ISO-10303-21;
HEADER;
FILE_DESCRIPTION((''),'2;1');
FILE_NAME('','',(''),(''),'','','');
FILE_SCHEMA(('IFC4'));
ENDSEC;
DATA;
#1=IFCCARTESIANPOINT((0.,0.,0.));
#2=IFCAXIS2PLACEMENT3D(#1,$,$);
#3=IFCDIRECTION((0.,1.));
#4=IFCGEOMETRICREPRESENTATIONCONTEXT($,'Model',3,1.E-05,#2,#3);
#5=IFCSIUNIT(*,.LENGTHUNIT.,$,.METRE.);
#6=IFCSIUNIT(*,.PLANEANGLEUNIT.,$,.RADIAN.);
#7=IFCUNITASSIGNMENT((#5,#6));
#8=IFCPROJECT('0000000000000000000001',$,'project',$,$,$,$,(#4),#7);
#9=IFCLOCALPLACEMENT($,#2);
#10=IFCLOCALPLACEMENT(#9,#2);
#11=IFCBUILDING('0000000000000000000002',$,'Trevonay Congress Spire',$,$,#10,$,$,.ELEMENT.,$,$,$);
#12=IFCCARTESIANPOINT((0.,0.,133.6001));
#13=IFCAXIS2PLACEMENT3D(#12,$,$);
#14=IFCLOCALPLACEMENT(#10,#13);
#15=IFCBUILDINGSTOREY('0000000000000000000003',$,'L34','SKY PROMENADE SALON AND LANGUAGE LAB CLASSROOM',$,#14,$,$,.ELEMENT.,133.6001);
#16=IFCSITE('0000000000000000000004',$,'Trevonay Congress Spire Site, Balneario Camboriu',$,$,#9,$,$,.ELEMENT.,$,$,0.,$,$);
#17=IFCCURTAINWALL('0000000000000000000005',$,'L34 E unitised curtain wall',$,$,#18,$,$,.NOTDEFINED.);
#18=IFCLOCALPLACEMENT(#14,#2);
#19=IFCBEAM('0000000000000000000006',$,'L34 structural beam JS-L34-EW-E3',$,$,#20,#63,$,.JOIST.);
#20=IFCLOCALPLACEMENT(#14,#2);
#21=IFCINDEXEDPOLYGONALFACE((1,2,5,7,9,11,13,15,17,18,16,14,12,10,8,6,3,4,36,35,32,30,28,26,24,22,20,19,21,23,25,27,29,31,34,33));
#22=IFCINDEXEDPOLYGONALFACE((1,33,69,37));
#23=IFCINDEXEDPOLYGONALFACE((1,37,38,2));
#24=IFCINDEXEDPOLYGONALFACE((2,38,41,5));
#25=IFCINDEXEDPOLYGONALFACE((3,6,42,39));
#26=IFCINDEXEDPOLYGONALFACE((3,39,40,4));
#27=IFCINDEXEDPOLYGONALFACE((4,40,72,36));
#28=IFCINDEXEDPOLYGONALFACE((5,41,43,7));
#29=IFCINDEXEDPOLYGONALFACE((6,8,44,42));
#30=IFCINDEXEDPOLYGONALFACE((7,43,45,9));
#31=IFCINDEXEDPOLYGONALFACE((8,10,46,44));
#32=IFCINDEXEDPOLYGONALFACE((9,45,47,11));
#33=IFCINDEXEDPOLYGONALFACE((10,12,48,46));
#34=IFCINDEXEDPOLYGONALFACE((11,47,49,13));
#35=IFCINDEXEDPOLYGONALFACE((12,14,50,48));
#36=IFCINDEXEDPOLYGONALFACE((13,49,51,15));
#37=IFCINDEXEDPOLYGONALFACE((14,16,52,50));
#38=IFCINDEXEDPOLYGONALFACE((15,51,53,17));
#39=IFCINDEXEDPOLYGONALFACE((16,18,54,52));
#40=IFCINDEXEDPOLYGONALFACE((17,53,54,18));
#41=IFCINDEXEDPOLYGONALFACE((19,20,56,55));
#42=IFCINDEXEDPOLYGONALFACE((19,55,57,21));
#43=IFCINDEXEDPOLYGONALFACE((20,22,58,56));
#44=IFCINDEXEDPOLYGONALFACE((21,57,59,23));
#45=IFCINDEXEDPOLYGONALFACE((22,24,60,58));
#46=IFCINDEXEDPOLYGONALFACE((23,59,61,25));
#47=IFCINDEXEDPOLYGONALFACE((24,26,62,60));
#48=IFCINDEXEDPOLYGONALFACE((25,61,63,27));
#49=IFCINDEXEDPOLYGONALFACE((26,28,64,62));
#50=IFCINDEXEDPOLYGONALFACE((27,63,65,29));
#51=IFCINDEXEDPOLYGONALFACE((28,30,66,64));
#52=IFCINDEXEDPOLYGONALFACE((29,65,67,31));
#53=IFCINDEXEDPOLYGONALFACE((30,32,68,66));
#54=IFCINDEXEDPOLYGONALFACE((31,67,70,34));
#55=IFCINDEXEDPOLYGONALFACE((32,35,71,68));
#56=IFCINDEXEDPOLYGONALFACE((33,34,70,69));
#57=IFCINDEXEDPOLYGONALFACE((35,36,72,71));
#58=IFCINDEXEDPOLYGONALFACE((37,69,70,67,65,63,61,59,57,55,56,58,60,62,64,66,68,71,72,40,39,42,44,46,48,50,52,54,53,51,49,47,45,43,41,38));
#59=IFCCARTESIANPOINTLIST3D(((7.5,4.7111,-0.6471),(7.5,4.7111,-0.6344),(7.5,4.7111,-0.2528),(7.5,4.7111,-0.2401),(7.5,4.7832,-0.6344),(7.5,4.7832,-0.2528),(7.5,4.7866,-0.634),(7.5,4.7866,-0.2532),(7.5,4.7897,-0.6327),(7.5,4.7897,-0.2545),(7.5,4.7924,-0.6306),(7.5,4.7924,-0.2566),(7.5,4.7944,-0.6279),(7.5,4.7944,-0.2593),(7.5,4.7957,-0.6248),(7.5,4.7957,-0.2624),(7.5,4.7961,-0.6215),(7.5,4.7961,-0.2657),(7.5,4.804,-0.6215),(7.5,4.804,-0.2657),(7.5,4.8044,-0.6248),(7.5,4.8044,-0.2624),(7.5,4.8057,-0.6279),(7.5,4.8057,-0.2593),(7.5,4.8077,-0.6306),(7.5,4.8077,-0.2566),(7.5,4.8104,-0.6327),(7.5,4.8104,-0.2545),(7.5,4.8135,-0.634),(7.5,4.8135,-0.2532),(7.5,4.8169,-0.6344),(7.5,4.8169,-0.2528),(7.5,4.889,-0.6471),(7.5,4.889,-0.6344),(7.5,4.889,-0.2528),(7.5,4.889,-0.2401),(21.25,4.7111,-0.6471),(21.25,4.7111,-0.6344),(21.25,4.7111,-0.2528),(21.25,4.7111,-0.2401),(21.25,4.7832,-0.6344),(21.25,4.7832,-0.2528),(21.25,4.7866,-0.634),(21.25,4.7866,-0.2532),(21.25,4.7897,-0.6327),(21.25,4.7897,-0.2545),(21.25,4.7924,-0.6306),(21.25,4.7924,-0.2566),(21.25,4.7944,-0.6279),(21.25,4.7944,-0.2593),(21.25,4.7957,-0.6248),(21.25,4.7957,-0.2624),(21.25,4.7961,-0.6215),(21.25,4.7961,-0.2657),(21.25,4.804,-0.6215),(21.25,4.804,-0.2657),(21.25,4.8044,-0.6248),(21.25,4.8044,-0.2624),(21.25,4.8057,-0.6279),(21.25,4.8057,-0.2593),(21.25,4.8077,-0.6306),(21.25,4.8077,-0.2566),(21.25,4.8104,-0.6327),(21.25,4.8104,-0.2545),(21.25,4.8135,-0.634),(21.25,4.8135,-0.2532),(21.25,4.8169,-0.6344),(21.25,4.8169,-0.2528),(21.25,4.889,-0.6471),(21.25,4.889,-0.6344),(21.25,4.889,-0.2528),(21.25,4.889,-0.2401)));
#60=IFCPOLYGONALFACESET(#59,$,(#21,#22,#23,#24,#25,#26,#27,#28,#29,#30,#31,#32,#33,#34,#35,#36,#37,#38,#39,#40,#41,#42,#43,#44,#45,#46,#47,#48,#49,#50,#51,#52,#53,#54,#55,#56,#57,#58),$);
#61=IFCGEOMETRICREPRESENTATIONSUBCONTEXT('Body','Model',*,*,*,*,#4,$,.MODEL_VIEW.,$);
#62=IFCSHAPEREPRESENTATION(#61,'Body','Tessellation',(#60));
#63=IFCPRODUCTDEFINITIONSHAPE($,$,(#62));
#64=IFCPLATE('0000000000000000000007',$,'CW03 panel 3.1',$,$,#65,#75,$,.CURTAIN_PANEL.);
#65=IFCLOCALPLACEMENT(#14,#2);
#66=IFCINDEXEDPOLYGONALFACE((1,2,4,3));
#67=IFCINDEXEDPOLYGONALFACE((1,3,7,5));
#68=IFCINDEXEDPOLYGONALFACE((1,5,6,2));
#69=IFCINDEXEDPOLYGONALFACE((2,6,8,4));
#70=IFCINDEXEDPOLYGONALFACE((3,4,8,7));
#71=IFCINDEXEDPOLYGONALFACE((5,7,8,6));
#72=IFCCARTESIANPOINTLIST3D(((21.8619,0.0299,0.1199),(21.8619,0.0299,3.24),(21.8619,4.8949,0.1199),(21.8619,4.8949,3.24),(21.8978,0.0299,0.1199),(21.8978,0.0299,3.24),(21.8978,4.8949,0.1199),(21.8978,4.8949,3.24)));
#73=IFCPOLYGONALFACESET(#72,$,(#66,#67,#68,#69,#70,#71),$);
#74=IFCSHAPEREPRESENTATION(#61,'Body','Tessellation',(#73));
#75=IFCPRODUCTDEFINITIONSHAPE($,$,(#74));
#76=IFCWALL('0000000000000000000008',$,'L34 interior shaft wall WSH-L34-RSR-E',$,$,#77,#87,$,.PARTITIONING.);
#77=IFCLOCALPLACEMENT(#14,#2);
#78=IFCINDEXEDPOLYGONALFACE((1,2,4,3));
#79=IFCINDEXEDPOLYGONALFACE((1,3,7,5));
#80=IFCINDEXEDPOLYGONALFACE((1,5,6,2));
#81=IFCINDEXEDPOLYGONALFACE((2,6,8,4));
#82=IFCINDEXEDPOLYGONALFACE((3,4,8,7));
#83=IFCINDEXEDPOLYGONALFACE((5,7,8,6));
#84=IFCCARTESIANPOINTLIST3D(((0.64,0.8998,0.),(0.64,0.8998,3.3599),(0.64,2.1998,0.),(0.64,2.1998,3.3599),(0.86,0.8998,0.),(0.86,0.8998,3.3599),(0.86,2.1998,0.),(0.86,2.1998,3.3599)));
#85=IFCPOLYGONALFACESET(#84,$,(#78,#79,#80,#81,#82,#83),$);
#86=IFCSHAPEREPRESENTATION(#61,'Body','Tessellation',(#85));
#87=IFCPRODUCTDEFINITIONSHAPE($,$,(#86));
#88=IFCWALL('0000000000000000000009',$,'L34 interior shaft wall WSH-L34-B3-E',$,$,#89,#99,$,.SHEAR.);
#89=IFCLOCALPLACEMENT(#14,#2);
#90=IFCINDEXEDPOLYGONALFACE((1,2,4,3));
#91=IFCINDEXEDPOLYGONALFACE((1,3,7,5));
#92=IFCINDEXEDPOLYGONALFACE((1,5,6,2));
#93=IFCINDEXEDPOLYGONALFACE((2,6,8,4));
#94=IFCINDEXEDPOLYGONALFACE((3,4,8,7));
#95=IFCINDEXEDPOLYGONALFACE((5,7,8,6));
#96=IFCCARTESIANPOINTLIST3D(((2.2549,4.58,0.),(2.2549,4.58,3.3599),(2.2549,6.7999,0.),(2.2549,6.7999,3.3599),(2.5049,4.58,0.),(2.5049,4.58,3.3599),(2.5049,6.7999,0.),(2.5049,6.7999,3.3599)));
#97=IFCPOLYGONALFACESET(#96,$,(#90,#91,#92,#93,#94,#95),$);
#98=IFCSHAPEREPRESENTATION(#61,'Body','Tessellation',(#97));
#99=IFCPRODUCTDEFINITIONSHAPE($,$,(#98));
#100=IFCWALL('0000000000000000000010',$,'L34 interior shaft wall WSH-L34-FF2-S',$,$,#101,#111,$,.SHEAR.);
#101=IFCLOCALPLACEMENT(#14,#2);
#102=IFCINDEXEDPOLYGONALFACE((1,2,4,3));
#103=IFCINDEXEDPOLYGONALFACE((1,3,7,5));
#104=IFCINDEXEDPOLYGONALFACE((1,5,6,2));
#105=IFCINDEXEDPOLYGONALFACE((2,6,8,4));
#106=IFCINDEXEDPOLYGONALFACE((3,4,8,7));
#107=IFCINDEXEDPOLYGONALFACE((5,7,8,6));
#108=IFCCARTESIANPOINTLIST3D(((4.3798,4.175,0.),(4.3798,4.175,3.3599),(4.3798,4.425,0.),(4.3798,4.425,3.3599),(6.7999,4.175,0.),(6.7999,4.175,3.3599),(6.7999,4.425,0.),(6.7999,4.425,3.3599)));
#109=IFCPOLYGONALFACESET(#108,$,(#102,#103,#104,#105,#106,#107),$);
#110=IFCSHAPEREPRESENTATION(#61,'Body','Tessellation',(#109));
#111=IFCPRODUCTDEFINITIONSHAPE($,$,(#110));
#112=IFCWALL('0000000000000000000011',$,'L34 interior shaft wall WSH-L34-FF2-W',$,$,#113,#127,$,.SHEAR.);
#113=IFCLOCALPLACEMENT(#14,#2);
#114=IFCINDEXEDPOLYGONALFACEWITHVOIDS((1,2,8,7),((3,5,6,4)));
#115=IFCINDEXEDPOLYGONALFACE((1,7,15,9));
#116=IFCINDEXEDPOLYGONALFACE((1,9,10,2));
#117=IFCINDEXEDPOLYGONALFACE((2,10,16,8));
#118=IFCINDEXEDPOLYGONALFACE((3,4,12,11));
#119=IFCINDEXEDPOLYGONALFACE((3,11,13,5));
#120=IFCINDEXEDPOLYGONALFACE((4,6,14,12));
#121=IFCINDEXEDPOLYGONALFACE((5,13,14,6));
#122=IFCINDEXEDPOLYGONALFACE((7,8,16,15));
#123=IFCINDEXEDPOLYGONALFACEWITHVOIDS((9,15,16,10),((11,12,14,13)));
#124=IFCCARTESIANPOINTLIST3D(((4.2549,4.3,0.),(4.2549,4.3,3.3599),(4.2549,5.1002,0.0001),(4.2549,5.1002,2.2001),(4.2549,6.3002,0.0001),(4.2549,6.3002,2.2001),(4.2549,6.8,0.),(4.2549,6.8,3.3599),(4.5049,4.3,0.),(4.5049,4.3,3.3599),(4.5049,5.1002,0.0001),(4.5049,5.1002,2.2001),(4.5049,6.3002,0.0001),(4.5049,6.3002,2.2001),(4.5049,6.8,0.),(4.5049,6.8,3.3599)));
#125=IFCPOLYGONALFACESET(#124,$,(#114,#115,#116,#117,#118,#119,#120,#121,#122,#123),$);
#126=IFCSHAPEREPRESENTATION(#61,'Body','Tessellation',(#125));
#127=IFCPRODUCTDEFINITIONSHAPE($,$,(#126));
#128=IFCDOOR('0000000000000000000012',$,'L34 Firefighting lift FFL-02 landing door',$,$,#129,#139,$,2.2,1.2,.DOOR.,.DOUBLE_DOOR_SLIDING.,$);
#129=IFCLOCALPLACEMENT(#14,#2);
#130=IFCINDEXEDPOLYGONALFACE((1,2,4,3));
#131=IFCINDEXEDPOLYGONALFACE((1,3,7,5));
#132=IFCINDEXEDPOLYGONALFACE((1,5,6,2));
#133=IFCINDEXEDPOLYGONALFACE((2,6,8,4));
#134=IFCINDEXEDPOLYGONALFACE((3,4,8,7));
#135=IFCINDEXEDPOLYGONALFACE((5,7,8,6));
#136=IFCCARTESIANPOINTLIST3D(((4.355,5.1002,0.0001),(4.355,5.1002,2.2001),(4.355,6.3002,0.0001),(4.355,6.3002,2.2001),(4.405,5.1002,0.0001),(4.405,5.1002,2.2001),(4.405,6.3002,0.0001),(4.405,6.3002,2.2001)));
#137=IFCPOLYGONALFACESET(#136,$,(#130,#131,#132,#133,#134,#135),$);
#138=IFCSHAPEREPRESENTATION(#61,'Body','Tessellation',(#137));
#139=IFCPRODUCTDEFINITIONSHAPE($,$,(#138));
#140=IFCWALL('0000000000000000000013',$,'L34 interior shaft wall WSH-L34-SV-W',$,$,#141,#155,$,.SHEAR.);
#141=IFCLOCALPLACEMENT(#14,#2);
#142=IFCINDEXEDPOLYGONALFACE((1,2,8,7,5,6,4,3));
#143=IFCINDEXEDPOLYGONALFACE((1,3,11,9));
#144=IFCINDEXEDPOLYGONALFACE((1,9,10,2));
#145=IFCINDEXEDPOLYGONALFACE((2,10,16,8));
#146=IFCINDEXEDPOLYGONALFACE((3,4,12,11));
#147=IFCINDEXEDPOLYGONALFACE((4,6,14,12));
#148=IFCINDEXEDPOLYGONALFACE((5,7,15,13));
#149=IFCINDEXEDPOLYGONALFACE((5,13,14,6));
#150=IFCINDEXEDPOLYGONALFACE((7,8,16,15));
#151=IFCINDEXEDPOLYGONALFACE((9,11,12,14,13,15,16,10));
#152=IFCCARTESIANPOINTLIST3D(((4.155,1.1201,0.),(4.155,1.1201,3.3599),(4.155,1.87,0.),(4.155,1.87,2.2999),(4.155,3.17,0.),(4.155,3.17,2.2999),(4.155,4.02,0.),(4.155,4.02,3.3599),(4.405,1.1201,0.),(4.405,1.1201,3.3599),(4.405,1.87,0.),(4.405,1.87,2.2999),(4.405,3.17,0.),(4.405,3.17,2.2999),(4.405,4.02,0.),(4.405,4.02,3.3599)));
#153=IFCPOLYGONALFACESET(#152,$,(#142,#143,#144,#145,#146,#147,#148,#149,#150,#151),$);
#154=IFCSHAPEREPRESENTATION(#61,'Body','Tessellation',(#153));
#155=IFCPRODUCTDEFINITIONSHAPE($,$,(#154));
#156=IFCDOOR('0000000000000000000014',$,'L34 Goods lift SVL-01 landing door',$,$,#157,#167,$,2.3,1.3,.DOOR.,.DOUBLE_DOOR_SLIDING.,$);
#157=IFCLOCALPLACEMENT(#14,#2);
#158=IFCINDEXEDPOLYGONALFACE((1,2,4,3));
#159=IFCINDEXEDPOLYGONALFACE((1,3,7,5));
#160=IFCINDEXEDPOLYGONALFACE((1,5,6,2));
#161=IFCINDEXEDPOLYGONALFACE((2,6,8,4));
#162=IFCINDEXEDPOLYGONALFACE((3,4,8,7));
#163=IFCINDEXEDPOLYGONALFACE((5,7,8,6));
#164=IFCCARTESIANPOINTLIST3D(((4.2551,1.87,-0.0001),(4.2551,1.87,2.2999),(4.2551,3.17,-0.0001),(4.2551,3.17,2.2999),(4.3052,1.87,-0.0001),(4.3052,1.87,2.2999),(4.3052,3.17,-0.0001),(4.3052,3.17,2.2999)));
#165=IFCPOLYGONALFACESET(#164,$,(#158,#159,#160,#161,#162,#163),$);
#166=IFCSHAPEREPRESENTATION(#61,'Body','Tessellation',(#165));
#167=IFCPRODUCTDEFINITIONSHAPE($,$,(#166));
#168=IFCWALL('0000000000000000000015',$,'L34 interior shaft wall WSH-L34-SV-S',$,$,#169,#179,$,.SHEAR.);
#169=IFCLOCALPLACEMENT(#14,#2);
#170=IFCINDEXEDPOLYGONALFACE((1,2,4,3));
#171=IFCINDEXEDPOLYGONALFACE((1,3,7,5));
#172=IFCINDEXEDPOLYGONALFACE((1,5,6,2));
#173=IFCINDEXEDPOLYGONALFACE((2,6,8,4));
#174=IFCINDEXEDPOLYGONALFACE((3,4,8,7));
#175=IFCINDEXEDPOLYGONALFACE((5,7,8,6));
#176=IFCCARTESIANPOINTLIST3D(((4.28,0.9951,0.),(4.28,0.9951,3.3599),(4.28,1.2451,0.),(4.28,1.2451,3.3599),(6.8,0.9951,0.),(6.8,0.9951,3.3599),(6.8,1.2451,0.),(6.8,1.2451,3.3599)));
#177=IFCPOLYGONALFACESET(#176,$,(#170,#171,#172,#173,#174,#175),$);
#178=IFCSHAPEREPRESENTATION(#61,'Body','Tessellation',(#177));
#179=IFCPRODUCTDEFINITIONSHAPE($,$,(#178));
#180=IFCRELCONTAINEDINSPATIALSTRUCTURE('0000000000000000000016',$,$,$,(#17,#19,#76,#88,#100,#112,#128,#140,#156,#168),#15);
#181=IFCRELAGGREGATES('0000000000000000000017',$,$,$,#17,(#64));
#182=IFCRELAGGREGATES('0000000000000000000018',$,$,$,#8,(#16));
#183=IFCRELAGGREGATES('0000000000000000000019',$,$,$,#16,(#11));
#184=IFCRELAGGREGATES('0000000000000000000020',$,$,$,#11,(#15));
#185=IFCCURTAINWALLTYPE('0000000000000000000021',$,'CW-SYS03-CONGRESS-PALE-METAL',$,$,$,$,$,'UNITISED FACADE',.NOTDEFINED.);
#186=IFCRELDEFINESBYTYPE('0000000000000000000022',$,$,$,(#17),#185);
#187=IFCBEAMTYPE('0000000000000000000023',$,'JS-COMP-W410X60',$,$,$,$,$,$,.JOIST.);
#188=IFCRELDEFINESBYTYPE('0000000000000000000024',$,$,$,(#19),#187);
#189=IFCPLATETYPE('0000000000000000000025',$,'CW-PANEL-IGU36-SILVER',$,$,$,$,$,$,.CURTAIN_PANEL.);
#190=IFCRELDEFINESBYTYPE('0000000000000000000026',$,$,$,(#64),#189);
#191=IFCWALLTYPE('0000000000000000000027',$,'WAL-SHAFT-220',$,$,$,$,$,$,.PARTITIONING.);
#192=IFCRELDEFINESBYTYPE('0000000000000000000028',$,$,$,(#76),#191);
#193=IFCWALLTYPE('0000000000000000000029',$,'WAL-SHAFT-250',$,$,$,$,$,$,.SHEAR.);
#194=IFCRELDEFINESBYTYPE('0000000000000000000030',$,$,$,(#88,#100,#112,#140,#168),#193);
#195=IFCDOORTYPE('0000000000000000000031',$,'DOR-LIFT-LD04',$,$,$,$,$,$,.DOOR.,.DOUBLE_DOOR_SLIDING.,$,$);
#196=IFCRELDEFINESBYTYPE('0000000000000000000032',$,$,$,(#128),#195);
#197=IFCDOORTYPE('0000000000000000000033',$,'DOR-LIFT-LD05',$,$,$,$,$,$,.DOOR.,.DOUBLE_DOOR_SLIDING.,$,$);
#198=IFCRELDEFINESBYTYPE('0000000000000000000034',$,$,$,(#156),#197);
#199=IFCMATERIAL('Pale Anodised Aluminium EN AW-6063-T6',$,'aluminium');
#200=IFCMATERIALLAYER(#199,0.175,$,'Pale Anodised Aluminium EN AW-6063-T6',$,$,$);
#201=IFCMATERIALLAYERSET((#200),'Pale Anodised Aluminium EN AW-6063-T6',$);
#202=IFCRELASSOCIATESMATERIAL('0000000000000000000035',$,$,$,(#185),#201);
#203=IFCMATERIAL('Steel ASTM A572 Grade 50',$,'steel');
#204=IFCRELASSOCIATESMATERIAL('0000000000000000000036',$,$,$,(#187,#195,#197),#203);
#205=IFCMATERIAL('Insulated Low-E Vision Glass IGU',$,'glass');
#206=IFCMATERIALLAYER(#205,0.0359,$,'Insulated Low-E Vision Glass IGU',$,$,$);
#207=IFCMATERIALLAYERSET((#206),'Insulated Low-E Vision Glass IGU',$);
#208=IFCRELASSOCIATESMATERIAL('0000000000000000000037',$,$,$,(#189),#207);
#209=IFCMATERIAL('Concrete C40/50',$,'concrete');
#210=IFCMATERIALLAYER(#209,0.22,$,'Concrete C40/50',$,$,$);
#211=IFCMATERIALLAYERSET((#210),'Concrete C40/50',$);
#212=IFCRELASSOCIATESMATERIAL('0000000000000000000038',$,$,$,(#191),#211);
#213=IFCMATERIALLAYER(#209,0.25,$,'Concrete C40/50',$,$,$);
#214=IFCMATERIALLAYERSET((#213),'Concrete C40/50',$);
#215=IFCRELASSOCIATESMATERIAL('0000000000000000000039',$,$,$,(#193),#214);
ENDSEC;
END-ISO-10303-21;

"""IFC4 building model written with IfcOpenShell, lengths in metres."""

from ifc_helpers import new_model, si_unit, direction, frame, frame_2d, origin, origin_2d, place, context, subcontext, project, spatial, rectangle, i_section, extrude, material, layer, layer_set, material_profile, profile_set, type_object, element, fill, aggregate, save


model = new_model("IFC4")

# Units and contexts
model_context = context("Model", 3, precision=1e-05, world=origin(), true_north=direction((0.0, 1.0)))
body_context = subcontext(model_context, "Body", "Model", "MODEL_VIEW")
ifc_project = project(units=[si_unit("LENGTHUNIT", "METRE"), si_unit("PLANEANGLEUNIT", "RADIAN")], contexts=[model_context])

# Site, building, storey
site_placement = place(None, origin())
site = spatial("IfcSite", under=ifc_project, at=site_placement, Name="Trevonay Congress Spire Site, Balneario Camboriu", CompositionType="ELEMENT", RefElevation=0.0)
building_placement = place(site_placement, origin())
building = spatial("IfcBuilding", under=site, at=building_placement, Name="Trevonay Congress Spire", CompositionType="ELEMENT")
storey_placement = place(building_placement, frame((0.0, 0.0, 133.6001)))
storey = spatial("IfcBuildingStorey", under=building, at=storey_placement, Name="L34", Description="SKY PROMENADE SALON AND LANGUAGE LAB CLASSROOM", CompositionType="ELEMENT", Elevation=133.6001)

# Shared definitions
ifc_material_1 = material(Name="Steel ASTM A572 Grade 50", Category="steel")

# Curtain wall
ifc_material_2 = material(Name="Pale Anodised Aluminium EN AW-6063-T6", Category="aluminium")
ifc_layer_1 = layer(ifc_material_2, 0.175, Name="Pale Anodised Aluminium EN AW-6063-T6")
ifc_layer_set_1 = layer_set([ifc_layer_1], Name="Pale Anodised Aluminium EN AW-6063-T6")
curtain_wall_type = type_object("IfcCurtainWallType", Name="CW-SYS03-CONGRESS-PALE-METAL", ElementType="UNITISED FACADE", PredefinedType="NOTDEFINED", material=ifc_layer_set_1)
curtain_wall_placement = place(storey_placement, origin())
curtain_wall = element("IfcCurtainWall", 1, at=curtain_wall_placement, inside=storey, type_object=curtain_wall_type, Name="L34 E unitised curtain wall", PredefinedType="NOTDEFINED")

# Beam
ifc_material_profile_1 = material_profile(ifc_material_1, i_section(OverallWidth=0.178, OverallDepth=0.407, WebThickness=0.0078, FlangeThickness=0.0127, FilletRadius=0.0129, at=origin_2d()), Name="W410x60")
ifc_profile_set_1 = profile_set([ifc_material_profile_1], Name="Steel ASTM A572 Grade 50")
beam_type_1 = type_object("IfcBeamType", Name="JS-COMP-W410X60", PredefinedType="JOIST", material=ifc_profile_set_1)
beam_1_placement = place(storey_placement, frame((7.5, 4.8, -0.4436), z_axis=(1.0, 0.0, 0.0), x_axis=(0.0, 1.0, 0.0)))
element("IfcBeam", 2, at=beam_1_placement, inside=storey, type_object=beam_type_1, Name="L34 structural beam JS-L34-EW-E3", PredefinedType="JOIST", context=body_context, shape_type="SweptSolid", body=[
    extrude(i_section(OverallWidth=0.178, OverallDepth=0.407, WebThickness=0.0078, FlangeThickness=0.0127, FilletRadius=0.0129, at=origin_2d()), origin(), (0.0, 0.0, 1.0), 13.75),
])

# Plate
ifc_material_3 = material(Name="Insulated Low-E Vision Glass IGU", Category="glass")
ifc_layer_2 = layer(ifc_material_3, 0.0359, Name="Insulated Low-E Vision Glass IGU")
ifc_layer_set_2 = layer_set([ifc_layer_2], Name="Insulated Low-E Vision Glass IGU")
plate_type = type_object("IfcPlateType", Name="CW-PANEL-IGU36-SILVER", PredefinedType="CURTAIN_PANEL", material=ifc_layer_set_2)
plate_placement = place(storey_placement, frame((21.8799, 2.4624, 0.1199), z_axis=(0.0, 0.0, 1.0), x_axis=(0.0, 1.0, 0.0)))
plate = element("IfcPlate", 3, at=plate_placement, type_object=plate_type, Name="CW03 panel 3.1", PredefinedType="CURTAIN_PANEL", context=body_context, shape_type="SweptSolid", body=[
    extrude(rectangle(XDim=4.865, YDim=0.0359, at=origin_2d()), origin(), (0.0, 0.0, 1.0), 3.1201),
])
aggregate(curtain_wall, [plate])

# Walls
ifc_material_4 = material(Name="Concrete C40/50", Category="concrete")
ifc_layer_3 = layer(ifc_material_4, 0.22, Name="Concrete C40/50")
ifc_layer_set_3 = layer_set([ifc_layer_3], Name="Concrete C40/50")
wall_type_1 = type_object("IfcWallType", Name="WAL-SHAFT-220", PredefinedType="PARTITIONING", material=ifc_layer_set_3)
wall_1_placement = place(storey_placement, frame((0.75, 0.8999, 0.0), z_axis=(0.0, 0.0, 1.0), x_axis=(0.0, 1.0, 0.0)))
element("IfcWall", 4, at=wall_1_placement, inside=storey, type_object=wall_type_1, Name="L34 interior shaft wall WSH-L34-RSR-E", PredefinedType="PARTITIONING", context=body_context, shape_type="SweptSolid", body=[
    extrude(rectangle(XDim=1.3, YDim=0.22, at=frame_2d((0.6499, 0.0))), origin(), (0.0, 0.0, 1.0), 3.3599),
])
ifc_layer_4 = layer(ifc_material_4, 0.25, Name="Concrete C40/50")
ifc_layer_set_4 = layer_set([ifc_layer_4], Name="Concrete C40/50")
wall_type_2 = type_object("IfcWallType", Name="WAL-SHAFT-250", PredefinedType="SHEAR", material=ifc_layer_set_4)
wall_2_placement = place(storey_placement, frame((2.3799, 4.5801, 0.0), z_axis=(0.0, 0.0, 1.0), x_axis=(0.0, 1.0, 0.0)))
element("IfcWall", 5, at=wall_2_placement, inside=storey, type_object=wall_type_2, Name="L34 interior shaft wall WSH-L34-B3-E", PredefinedType="SHEAR", context=body_context, shape_type="SweptSolid", body=[
    extrude(rectangle(XDim=2.22, YDim=0.25, at=frame_2d((1.1099, 0.0))), origin(), (0.0, 0.0, 1.0), 3.3599),
])
wall_3_placement = place(storey_placement, frame((4.3799, 4.3, 0.0), z_axis=(0.0, 0.0, 1.0), x_axis=(1.0, 0.0, 0.0)))
element("IfcWall", 6, at=wall_3_placement, inside=storey, type_object=wall_type_2, Name="L34 interior shaft wall WSH-L34-FF2-S", PredefinedType="SHEAR", context=body_context, shape_type="SweptSolid", body=[
    extrude(rectangle(XDim=2.4202, YDim=0.25, at=frame_2d((1.21, 0.0))), origin(), (0.0, 0.0, 1.0), 3.3599),
])

# Walls, openings, doors
wall_4_placement = place(storey_placement, frame((4.3799, 4.3, 0.0), z_axis=(0.0, 0.0, 1.0), x_axis=(0.0, 1.0, 0.0)))
wall_4 = element("IfcWall", 7, at=wall_4_placement, inside=storey, type_object=wall_type_2, Name="L34 interior shaft wall WSH-L34-FF2-W", PredefinedType="SHEAR", context=body_context, shape_type="SweptSolid", body=[
    extrude(rectangle(XDim=2.5, YDim=0.25, at=frame_2d((1.25, 0.0))), origin(), (0.0, 0.0, 1.0), 3.3599),
])
opening_1_placement = place(wall_4_placement, frame((0.8, 0.0, 0.0)))
opening_1 = element("IfcOpeningElement", 8, at=opening_1_placement, cuts=wall_4, PredefinedType="OPENING", context=body_context, shape_type="SweptSolid", body=[
    extrude(rectangle(XDim=1.2, YDim=2.2, at=frame_2d((0.6001, 1.1001))), frame((0.0, 0.135, 0.0), z_axis=(0.0, -1.0, 0.0), x_axis=(1.0, 0.0, 0.0)), (0.0, 0.0, 1.0), 0.27),
])
door_type_1 = type_object("IfcDoorType", Name="DOR-LIFT-LD04", OperationType="DOUBLE_DOOR_SLIDING", PredefinedType="DOOR", material=ifc_material_1)
door_1_placement = place(opening_1_placement, origin())
door_1 = element("IfcDoor", 9, at=door_1_placement, inside=storey, type_object=door_type_1, Name="L34 Firefighting lift FFL-02 landing door", OperationType="DOUBLE_DOOR_SLIDING", OverallHeight=2.2, OverallWidth=1.2, PredefinedType="DOOR", context=body_context, shape_type="SweptSolid", body=[
    extrude(rectangle(XDim=1.2, YDim=2.2, at=frame_2d((0.6001, 1.1001))), frame((0.0, 0.0249, 0.0), z_axis=(0.0, -1.0, 0.0), x_axis=(1.0, 0.0, 0.0)), (0.0, 0.0, 1.0), 0.05),
])
fill(opening_1, door_1)
wall_5_placement = place(storey_placement, frame((4.28, 1.1201, 0.0), z_axis=(0.0, 0.0, 1.0), x_axis=(0.0, 1.0, 0.0)))
wall_5 = element("IfcWall", 10, at=wall_5_placement, inside=storey, type_object=wall_type_2, Name="L34 interior shaft wall WSH-L34-SV-W", PredefinedType="SHEAR", context=body_context, shape_type="SweptSolid", body=[
    extrude(rectangle(XDim=2.8999, YDim=0.25, at=frame_2d((1.45, 0.0))), origin(), (0.0, 0.0, 1.0), 3.3599),
])
opening_2_placement = place(wall_5_placement, frame((0.75, 0.0, 0.0)))
opening_2 = element("IfcOpeningElement", 11, at=opening_2_placement, cuts=wall_5, PredefinedType="OPENING", context=body_context, shape_type="SweptSolid", body=[
    extrude(rectangle(XDim=1.3, YDim=2.3, at=frame_2d((0.6499, 1.1499))), frame((0.0, 0.135, 0.0), z_axis=(0.0, -1.0, 0.0), x_axis=(1.0, 0.0, 0.0)), (0.0, 0.0, 1.0), 0.27),
])
door_type_2 = type_object("IfcDoorType", Name="DOR-LIFT-LD05", OperationType="DOUBLE_DOOR_SLIDING", PredefinedType="DOOR", material=ifc_material_1)
door_2_placement = place(opening_2_placement, origin())
door_2 = element("IfcDoor", 12, at=door_2_placement, inside=storey, type_object=door_type_2, Name="L34 Goods lift SVL-01 landing door", OperationType="DOUBLE_DOOR_SLIDING", OverallHeight=2.3, OverallWidth=1.3, PredefinedType="DOOR", context=body_context, shape_type="SweptSolid", body=[
    extrude(rectangle(XDim=1.3, YDim=2.3, at=frame_2d((0.6499, 1.1499))), frame((0.0, 0.0249, 0.0), z_axis=(0.0, -1.0, 0.0), x_axis=(1.0, 0.0, 0.0)), (0.0, 0.0, 1.0), 0.05),
])
fill(opening_2, door_2)

# Wall
for number, where, z_axis, x_axis, name in (
    (13, (4.28, 1.1201, 0.0), (0.0, 0.0, 1.0), (1.0, 0.0, 0.0), "L34 interior shaft wall WSH-L34-SV-S"),
):
    element("IfcWall", number, at=place(storey_placement, frame(where, z_axis=z_axis, x_axis=x_axis)), inside=storey, type_object=wall_type_2, Name=name, PredefinedType="SHEAR", context=body_context, shape_type="SweptSolid", body=[
        extrude(rectangle(XDim=2.52, YDim=0.25, at=frame_2d((1.26, 0.0))), origin(), (0.0, 0.0, 1.0), 3.3599),
    ])

save(model, "model.ifc")
